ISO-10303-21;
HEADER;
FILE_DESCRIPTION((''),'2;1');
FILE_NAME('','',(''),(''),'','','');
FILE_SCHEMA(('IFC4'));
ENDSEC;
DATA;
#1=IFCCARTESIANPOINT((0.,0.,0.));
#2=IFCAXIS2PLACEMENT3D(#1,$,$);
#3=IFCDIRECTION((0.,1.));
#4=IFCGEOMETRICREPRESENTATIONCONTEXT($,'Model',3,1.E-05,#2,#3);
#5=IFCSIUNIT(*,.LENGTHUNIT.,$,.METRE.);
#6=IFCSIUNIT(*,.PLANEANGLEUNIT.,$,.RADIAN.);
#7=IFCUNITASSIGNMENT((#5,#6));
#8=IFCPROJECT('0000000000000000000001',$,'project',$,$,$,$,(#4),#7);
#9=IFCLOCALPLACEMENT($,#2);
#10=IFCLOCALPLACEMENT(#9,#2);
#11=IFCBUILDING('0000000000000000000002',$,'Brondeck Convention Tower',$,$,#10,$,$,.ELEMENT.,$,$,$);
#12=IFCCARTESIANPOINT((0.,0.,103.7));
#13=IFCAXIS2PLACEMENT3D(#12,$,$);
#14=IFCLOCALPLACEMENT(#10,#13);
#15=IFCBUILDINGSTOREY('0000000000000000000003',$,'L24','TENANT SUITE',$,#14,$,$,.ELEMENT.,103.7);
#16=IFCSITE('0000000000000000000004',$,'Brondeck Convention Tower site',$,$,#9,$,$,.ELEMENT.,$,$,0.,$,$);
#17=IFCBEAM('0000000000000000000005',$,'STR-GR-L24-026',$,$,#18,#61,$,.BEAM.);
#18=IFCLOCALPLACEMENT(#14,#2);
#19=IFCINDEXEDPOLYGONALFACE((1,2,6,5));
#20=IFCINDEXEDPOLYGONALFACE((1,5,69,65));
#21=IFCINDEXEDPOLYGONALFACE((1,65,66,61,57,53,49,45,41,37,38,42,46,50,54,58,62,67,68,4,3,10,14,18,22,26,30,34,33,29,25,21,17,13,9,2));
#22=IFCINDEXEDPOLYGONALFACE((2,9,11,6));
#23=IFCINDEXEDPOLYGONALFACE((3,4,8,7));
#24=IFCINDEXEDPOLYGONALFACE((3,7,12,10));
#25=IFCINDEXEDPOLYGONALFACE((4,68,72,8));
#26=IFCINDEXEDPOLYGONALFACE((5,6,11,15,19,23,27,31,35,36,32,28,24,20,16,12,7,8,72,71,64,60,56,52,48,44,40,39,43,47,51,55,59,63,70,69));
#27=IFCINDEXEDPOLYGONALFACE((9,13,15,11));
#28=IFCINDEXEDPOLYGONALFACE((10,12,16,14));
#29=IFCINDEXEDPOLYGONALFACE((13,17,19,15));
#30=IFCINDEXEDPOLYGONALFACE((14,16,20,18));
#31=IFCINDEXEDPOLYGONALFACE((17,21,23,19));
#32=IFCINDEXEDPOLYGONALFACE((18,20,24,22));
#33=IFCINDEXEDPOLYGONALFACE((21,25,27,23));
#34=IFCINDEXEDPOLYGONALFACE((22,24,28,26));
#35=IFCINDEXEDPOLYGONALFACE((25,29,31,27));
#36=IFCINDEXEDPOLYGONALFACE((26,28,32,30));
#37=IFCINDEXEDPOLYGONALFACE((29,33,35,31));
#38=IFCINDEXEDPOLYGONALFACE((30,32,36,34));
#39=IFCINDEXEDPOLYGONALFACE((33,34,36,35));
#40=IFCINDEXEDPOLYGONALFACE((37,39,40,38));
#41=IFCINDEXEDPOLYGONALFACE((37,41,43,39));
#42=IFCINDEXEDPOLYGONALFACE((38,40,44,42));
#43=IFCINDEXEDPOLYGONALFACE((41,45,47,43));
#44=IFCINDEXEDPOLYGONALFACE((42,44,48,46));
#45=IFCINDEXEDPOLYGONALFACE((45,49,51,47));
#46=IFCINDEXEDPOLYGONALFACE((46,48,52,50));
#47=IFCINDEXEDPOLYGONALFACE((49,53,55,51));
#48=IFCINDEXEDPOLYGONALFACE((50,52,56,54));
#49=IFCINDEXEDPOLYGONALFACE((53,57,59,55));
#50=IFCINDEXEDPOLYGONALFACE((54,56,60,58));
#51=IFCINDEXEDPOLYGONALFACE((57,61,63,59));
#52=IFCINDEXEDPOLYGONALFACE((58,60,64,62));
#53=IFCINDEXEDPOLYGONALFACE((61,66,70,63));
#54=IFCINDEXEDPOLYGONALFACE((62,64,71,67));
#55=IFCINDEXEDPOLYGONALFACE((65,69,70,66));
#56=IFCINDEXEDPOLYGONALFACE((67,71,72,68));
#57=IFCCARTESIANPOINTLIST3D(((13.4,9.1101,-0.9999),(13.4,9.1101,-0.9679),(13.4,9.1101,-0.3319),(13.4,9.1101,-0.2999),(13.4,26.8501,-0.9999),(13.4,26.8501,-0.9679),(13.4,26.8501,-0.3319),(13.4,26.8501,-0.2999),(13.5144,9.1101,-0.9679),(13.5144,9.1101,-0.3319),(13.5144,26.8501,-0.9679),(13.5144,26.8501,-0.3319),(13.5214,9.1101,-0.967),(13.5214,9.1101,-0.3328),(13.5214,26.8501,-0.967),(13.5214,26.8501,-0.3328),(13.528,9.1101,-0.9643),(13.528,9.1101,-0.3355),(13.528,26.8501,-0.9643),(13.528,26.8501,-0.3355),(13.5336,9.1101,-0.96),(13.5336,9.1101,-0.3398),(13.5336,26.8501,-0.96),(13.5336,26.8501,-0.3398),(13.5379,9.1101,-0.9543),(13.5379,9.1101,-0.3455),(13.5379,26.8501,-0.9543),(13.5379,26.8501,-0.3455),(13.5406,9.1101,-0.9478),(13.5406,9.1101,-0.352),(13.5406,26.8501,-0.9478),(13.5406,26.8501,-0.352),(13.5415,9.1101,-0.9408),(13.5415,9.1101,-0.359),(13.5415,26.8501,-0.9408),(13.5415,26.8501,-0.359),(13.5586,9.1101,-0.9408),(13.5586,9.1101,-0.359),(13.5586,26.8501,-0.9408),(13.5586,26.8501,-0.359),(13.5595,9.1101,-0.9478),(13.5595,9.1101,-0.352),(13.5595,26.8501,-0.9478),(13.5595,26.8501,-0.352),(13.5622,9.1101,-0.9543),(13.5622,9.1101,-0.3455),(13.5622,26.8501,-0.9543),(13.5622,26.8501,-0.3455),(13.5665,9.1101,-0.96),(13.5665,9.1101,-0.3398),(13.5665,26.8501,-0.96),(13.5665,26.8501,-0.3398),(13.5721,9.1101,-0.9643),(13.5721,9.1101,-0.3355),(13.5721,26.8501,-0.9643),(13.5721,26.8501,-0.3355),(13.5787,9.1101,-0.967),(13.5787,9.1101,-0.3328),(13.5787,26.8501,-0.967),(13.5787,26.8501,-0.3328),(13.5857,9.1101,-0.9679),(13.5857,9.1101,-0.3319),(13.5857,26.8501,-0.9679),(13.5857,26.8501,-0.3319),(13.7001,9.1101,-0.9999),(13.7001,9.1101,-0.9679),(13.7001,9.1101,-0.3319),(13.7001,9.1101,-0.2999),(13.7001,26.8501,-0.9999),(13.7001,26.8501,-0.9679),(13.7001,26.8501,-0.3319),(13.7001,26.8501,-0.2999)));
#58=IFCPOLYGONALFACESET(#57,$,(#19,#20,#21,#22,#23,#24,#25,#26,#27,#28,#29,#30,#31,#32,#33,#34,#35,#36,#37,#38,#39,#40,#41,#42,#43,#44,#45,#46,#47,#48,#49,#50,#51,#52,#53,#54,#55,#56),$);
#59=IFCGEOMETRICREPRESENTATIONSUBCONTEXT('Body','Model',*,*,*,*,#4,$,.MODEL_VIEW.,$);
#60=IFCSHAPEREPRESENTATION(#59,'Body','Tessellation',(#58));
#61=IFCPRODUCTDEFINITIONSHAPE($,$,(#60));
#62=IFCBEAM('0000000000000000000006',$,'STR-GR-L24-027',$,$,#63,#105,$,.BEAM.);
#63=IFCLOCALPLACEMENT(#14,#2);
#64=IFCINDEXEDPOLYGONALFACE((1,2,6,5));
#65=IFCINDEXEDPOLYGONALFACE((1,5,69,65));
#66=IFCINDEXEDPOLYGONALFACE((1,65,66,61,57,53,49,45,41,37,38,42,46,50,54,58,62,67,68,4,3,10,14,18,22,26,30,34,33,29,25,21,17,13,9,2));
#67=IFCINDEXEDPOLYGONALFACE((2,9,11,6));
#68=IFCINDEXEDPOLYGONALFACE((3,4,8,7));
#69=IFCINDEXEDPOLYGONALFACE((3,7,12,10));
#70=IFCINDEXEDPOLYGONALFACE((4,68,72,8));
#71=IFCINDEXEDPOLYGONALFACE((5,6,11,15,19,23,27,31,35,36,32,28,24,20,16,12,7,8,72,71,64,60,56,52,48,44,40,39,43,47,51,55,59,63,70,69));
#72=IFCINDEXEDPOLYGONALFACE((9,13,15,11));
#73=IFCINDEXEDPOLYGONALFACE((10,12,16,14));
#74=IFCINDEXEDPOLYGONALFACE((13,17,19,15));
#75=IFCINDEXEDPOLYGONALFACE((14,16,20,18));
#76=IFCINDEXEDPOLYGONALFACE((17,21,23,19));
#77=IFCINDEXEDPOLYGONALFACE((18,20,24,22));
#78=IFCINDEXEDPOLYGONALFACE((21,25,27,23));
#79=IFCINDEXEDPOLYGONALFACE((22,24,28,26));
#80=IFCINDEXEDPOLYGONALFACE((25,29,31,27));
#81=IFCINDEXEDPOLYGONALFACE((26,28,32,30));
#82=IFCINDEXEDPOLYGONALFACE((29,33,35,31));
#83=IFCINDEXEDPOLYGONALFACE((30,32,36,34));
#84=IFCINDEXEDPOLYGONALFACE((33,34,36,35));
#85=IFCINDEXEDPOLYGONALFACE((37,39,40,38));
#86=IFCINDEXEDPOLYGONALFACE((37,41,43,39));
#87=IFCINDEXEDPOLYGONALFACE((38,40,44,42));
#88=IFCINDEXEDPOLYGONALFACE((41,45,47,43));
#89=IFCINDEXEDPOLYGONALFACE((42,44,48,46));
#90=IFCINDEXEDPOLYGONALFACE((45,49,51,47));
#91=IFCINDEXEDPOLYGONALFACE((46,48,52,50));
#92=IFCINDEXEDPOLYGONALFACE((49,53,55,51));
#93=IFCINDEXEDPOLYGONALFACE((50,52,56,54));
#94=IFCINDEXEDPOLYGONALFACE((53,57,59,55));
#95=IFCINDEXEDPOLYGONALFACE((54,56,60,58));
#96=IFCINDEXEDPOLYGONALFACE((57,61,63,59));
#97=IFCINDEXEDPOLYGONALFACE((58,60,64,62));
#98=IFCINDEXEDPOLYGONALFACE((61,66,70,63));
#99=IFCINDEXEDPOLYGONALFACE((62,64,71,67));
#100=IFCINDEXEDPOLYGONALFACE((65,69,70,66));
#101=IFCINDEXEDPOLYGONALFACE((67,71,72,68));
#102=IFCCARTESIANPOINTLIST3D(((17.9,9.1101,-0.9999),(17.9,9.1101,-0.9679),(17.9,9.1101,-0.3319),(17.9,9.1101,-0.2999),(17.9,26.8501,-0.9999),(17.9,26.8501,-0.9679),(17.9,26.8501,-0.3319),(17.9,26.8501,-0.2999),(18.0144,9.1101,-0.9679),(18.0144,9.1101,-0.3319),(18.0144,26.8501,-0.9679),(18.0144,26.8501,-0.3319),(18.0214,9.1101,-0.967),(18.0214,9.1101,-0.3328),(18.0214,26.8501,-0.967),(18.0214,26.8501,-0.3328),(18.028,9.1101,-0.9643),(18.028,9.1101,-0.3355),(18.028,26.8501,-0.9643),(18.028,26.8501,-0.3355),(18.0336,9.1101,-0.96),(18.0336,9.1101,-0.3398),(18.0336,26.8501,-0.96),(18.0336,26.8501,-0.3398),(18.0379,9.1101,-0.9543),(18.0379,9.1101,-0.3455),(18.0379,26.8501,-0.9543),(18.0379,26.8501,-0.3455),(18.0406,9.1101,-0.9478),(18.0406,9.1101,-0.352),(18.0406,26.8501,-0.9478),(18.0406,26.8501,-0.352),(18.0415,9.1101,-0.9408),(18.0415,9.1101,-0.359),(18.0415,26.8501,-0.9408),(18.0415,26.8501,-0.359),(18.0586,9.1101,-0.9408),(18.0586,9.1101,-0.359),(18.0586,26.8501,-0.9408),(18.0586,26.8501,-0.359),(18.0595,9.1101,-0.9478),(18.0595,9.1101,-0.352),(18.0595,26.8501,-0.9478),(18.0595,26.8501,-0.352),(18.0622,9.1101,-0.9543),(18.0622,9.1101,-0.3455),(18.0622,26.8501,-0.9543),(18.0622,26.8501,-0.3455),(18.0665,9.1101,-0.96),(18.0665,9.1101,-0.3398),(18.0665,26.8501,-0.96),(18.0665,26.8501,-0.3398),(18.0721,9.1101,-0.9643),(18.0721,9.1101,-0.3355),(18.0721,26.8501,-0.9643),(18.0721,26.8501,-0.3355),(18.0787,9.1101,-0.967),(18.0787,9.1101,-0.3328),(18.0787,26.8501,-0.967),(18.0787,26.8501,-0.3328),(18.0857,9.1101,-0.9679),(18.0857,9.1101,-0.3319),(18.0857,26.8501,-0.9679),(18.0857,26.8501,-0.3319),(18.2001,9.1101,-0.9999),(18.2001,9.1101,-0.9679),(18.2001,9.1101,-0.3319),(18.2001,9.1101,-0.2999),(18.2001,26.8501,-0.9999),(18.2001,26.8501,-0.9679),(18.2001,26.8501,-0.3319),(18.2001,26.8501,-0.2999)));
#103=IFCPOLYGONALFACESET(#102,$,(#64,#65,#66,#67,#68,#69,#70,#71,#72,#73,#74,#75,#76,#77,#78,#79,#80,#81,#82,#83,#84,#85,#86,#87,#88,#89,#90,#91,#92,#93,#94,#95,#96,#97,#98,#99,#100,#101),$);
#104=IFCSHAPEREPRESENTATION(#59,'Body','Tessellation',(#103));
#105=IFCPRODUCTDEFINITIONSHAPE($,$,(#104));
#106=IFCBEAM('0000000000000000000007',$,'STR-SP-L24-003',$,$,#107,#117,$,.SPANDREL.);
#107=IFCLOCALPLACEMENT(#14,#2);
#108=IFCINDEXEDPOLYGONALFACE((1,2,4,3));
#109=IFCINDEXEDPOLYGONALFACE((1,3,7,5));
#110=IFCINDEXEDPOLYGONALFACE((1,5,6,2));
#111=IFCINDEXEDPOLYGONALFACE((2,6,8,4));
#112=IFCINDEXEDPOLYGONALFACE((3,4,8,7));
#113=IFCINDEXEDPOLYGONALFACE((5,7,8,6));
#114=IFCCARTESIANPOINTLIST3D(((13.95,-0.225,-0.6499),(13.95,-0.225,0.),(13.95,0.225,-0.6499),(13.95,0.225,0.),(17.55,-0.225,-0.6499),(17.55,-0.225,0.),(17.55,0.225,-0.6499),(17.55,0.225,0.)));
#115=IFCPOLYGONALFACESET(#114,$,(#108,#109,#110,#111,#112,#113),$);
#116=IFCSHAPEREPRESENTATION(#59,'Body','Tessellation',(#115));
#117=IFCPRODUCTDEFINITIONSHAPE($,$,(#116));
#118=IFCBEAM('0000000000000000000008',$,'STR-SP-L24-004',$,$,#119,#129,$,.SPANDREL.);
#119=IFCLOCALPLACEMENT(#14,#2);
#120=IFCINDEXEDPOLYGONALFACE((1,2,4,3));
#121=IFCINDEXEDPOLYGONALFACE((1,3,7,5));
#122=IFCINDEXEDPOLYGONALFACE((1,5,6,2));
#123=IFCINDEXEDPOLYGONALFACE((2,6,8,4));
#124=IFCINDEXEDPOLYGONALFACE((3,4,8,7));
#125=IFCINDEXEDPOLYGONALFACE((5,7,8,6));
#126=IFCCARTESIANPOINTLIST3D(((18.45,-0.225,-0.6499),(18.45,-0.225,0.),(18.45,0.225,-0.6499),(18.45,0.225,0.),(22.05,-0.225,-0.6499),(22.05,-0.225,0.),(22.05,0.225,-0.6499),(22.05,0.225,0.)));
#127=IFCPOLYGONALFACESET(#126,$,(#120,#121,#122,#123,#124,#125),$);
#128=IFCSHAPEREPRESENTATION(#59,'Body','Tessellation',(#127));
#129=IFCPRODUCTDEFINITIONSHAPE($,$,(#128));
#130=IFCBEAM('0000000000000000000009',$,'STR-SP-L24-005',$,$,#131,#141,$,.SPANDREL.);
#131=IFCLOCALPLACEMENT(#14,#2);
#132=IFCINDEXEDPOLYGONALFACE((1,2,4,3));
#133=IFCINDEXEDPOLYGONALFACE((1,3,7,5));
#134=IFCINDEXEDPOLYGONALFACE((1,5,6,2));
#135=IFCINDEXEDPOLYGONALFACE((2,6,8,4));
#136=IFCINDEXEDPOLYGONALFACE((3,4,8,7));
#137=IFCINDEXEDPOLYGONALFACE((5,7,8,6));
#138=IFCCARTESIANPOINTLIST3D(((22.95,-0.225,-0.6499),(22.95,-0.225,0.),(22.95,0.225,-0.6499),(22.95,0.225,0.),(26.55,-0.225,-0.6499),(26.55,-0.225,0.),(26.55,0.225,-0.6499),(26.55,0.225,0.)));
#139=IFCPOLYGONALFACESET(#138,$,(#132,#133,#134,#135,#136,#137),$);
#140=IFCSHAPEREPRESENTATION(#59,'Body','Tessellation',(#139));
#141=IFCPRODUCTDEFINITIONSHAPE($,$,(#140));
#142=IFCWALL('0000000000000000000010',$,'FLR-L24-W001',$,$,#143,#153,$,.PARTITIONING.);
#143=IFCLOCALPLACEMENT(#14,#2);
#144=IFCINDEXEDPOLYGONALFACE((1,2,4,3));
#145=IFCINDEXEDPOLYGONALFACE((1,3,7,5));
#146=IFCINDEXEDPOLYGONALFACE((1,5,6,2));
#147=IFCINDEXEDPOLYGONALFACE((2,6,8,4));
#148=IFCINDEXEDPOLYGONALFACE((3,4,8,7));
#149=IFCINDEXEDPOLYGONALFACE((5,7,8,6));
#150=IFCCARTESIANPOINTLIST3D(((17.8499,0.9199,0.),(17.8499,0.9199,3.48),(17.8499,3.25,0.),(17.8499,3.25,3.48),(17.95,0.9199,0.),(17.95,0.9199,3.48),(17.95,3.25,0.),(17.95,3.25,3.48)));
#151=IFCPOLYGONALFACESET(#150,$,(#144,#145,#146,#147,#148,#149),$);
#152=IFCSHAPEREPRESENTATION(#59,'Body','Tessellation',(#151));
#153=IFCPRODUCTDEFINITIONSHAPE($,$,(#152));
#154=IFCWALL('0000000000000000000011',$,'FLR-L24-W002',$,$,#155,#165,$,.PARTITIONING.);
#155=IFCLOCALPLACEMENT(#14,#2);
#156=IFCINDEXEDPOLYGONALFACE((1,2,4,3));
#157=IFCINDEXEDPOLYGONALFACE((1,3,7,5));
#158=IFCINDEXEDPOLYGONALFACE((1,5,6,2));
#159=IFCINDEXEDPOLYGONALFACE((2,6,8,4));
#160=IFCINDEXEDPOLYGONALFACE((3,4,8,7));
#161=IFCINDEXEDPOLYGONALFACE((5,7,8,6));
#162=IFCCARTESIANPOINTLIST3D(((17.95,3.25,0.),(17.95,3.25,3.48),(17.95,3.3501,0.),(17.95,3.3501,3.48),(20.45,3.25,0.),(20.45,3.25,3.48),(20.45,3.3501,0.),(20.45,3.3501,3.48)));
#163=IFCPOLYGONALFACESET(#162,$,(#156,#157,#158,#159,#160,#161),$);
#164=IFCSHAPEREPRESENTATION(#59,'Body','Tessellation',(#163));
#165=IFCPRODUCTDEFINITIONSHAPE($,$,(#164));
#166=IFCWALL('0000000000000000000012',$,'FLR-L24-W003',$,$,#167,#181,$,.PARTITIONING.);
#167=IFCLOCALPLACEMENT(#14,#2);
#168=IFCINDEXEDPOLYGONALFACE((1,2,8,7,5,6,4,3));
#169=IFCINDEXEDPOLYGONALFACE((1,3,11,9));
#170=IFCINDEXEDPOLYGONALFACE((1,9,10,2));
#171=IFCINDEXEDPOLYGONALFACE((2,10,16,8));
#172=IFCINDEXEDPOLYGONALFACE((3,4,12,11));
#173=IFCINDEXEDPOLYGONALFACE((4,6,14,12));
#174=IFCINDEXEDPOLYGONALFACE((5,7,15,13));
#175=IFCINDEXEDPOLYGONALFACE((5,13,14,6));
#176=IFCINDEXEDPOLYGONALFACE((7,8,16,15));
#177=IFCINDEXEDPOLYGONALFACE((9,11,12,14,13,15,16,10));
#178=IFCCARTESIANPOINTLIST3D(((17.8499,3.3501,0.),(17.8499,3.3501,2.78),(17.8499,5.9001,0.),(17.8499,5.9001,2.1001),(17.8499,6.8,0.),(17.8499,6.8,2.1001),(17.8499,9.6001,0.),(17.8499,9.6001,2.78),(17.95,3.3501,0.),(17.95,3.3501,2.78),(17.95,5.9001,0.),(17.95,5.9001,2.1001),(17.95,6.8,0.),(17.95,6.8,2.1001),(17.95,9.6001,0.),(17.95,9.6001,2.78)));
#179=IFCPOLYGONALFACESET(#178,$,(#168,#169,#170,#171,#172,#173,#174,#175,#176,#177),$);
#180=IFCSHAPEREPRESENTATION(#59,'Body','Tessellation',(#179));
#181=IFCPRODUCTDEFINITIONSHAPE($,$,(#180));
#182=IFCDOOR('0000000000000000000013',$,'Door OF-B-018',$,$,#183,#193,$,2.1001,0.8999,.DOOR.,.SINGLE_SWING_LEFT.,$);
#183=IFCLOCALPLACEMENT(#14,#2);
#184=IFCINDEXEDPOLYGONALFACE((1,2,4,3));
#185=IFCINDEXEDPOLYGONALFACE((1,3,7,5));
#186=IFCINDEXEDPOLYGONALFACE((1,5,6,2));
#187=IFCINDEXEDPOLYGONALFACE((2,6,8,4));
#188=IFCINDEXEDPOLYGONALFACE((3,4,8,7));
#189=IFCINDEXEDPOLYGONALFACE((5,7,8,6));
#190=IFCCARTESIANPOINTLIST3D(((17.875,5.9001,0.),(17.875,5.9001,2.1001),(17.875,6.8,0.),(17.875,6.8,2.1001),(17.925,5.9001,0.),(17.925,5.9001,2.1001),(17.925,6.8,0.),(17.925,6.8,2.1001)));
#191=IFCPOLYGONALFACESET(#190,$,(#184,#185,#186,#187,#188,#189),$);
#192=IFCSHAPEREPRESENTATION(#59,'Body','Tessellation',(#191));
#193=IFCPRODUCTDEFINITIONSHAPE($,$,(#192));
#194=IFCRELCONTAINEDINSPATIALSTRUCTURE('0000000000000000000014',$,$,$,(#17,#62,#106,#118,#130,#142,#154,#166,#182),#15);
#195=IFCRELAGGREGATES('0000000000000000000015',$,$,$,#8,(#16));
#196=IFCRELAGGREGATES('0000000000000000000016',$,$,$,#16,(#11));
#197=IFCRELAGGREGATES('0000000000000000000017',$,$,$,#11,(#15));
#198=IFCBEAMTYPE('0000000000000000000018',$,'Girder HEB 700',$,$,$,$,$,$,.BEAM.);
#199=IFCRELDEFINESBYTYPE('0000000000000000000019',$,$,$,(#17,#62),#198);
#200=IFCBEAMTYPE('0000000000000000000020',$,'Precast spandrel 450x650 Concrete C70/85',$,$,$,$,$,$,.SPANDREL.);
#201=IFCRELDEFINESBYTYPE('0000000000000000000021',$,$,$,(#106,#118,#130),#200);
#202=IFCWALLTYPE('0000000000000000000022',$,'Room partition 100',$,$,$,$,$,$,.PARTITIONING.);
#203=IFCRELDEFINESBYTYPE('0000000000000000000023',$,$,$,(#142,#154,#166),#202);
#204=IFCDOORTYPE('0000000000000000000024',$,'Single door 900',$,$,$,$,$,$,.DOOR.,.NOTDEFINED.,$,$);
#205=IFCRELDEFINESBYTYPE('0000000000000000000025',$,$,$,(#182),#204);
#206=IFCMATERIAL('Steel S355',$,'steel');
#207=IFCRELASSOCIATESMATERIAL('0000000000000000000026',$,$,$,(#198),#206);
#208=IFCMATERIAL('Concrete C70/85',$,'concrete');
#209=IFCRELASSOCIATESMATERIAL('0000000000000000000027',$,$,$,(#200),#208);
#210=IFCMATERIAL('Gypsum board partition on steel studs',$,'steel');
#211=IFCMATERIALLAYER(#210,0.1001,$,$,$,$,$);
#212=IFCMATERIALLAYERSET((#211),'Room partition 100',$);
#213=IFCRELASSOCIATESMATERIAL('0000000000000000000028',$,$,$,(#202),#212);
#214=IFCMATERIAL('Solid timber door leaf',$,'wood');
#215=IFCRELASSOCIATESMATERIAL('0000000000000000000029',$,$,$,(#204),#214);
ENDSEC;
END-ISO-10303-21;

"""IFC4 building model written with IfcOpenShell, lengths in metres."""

from ifc_helpers import new_model, si_unit, direction, frame, frame_2d, origin, origin_2d, place, context, subcontext, project, spatial, rectangle, i_section, extrude, material, layer, layer_set, material_profile, profile_set, type_object, element, fill, save


model = new_model("IFC4")

# Units and contexts
model_context = context("Model", 3, precision=1e-05, world=origin(), true_north=direction((0.0, 1.0)))
body_context = subcontext(model_context, "Body", "Model", "MODEL_VIEW")
ifc_project = project(units=[si_unit("LENGTHUNIT", "METRE"), si_unit("PLANEANGLEUNIT", "RADIAN")], contexts=[model_context])

# Site, building, storey
site_placement = place(None, origin())
site = spatial("IfcSite", under=ifc_project, at=site_placement, Name="Brondeck Convention Tower site", CompositionType="ELEMENT", RefElevation=0.0)
building_placement = place(site_placement, origin())
building = spatial("IfcBuilding", under=site, at=building_placement, Name="Brondeck Convention Tower", CompositionType="ELEMENT")
storey_placement = place(building_placement, frame((0.0, 0.0, 103.7)))
storey = spatial("IfcBuildingStorey", under=building, at=storey_placement, Name="L24", Description="TENANT SUITE", CompositionType="ELEMENT", Elevation=103.7)

# Shared definitions
ifc_material_1 = material(Name="Concrete C70/85", Category="concrete")

# Beams
ifc_material_2 = material(Name="Steel S355", Category="steel")
ifc_material_profile_1 = material_profile(ifc_material_2, i_section(OverallWidth=0.3, OverallDepth=0.7, WebThickness=0.0171, FlangeThickness=0.032, FilletRadius=0.0271, at=origin_2d()), Name="HEB 700")
ifc_profile_set_1 = profile_set([ifc_material_profile_1], Name="Steel S355")
beam_type_1 = type_object("IfcBeamType", Name="Girder HEB 700", PredefinedType="BEAM", material=ifc_profile_set_1)
for number, where, z_axis, x_axis, name in (
    (1, (13.55, 9.1101, -0.6499), (0.0, 1.0, 0.0), (-1.0, 0.0, 0.0), "STR-GR-L24-026"),
    (2, (18.05, 9.1101, -0.6499), (0.0, 1.0, 0.0), (-1.0, 0.0, 0.0), "STR-GR-L24-027"),
):
    element("IfcBeam", number, at=place(storey_placement, frame(where, z_axis=z_axis, x_axis=x_axis)), inside=storey, type_object=beam_type_1, Name=name, PredefinedType="BEAM", context=body_context, shape_type="SweptSolid", body=[
        extrude(i_section(OverallWidth=0.3, OverallDepth=0.7, WebThickness=0.0171, FlangeThickness=0.032, FilletRadius=0.0271, at=origin_2d()), origin(), (0.0, 0.0, 1.0), 17.74),
    ])
ifc_material_profile_2 = material_profile(ifc_material_1, rectangle(XDim=0.45, YDim=0.6499, at=origin_2d()), Name="Precast spandrel 450x650 Concrete C70/85")
ifc_profile_set_2 = profile_set([ifc_material_profile_2], Name="Concrete C70/85")
beam_type_2 = type_object("IfcBeamType", Name="Precast spandrel 450x650 Concrete C70/85", PredefinedType="SPANDREL", material=ifc_profile_set_2)
for number, where, z_axis, x_axis, name in (
    (3, (13.95, 0.0, -0.325), (1.0, 0.0, 0.0), (0.0, 1.0, 0.0), "STR-SP-L24-003"),
    (4, (18.45, 0.0, -0.325), (1.0, 0.0, 0.0), (0.0, 1.0, 0.0), "STR-SP-L24-004"),
    (5, (22.95, 0.0, -0.325), (1.0, 0.0, 0.0), (0.0, 1.0, 0.0), "STR-SP-L24-005"),
):
    element("IfcBeam", number, at=place(storey_placement, frame(where, z_axis=z_axis, x_axis=x_axis)), inside=storey, type_object=beam_type_2, Name=name, PredefinedType="SPANDREL", context=body_context, shape_type="SweptSolid", body=[
        extrude(rectangle(XDim=0.45, YDim=0.6499, at=origin_2d()), origin(), (0.0, 0.0, 1.0), 3.6001),
    ])

# Walls
ifc_material_3 = material(Name="Gypsum board partition on steel studs", Category="steel")
ifc_layer_1 = layer(ifc_material_3, 0.1001)
ifc_layer_set_1 = layer_set([ifc_layer_1], Name="Room partition 100")
wall_type_1 = type_object("IfcWallType", Name="Room partition 100", PredefinedType="PARTITIONING", material=ifc_layer_set_1)
wall_1_placement = place(storey_placement, frame((17.8999, 0.9199, 0.0), z_axis=(0.0, 0.0, 1.0), x_axis=(0.0, 1.0, 0.0)))
element("IfcWall", 6, at=wall_1_placement, inside=storey, type_object=wall_type_1, Name="FLR-L24-W001", PredefinedType="PARTITIONING", context=body_context, shape_type="SweptSolid", body=[
    extrude(rectangle(XDim=2.3301, YDim=0.1001, at=frame_2d((1.165, 0.0))), origin(), (0.0, 0.0, 1.0), 3.48),
])
wall_2_placement = place(storey_placement, frame((20.45, 3.3, 0.0), z_axis=(0.0, 0.0, 1.0), x_axis=(-1.0, 0.0, 0.0)))
element("IfcWall", 7, at=wall_2_placement, inside=storey, type_object=wall_type_1, Name="FLR-L24-W002", PredefinedType="PARTITIONING", context=body_context, shape_type="SweptSolid", body=[
    extrude(rectangle(XDim=2.5, YDim=0.1001, at=frame_2d((1.25, 0.0))), origin(), (0.0, 0.0, 1.0), 3.48),
])

# Wall, opening, door
wall_3_placement = place(storey_placement, frame((17.8999, 3.3501, 0.0), z_axis=(0.0, 0.0, 1.0), x_axis=(0.0, 1.0, 0.0)))
wall_3 = element("IfcWall", 8, at=wall_3_placement, inside=storey, type_object=wall_type_1, Name="FLR-L24-W003", PredefinedType="PARTITIONING", context=body_context, shape_type="SweptSolid", body=[
    extrude(rectangle(XDim=6.25, YDim=0.1001, at=frame_2d((3.125, 0.0))), origin(), (0.0, 0.0, 1.0), 2.78),
])
opening_1_placement = place(wall_3_placement, frame((2.55, 0.0, 0.0)))
opening_1 = element("IfcOpeningElement", 9, at=opening_1_placement, cuts=wall_3, PredefinedType="OPENING", context=body_context, shape_type="SweptSolid", body=[
    extrude(rectangle(XDim=0.8999, YDim=2.1001, at=frame_2d((0.45, 1.05))), frame((0.0, 0.0601, 0.0), z_axis=(0.0, -1.0, 0.0), x_axis=(1.0, 0.0, 0.0)), (0.0, 0.0, 1.0), 0.1201),
])
ifc_material_4 = material(Name="Solid timber door leaf", Category="wood")
door_type_1 = type_object("IfcDoorType", Name="Single door 900", OperationType="NOTDEFINED", PredefinedType="DOOR", material=ifc_material_4)
door_1_placement = place(opening_1_placement, origin())
door_1 = element("IfcDoor", 10, at=door_1_placement, inside=storey, type_object=door_type_1, Name="Door OF-B-018", OperationType="SINGLE_SWING_LEFT", OverallHeight=2.1001, OverallWidth=0.8999, PredefinedType="DOOR", context=body_context, shape_type="SweptSolid", body=[
    extrude(rectangle(XDim=0.8999, YDim=2.1001, at=frame_2d((0.45, 1.05))), frame((0.0, 0.0249, 0.0), z_axis=(0.0, -1.0, 0.0), x_axis=(1.0, 0.0, 0.0)), (0.0, 0.0, 1.0), 0.05),
])
fill(opening_1, door_1)

save(model, "model.ifc")
